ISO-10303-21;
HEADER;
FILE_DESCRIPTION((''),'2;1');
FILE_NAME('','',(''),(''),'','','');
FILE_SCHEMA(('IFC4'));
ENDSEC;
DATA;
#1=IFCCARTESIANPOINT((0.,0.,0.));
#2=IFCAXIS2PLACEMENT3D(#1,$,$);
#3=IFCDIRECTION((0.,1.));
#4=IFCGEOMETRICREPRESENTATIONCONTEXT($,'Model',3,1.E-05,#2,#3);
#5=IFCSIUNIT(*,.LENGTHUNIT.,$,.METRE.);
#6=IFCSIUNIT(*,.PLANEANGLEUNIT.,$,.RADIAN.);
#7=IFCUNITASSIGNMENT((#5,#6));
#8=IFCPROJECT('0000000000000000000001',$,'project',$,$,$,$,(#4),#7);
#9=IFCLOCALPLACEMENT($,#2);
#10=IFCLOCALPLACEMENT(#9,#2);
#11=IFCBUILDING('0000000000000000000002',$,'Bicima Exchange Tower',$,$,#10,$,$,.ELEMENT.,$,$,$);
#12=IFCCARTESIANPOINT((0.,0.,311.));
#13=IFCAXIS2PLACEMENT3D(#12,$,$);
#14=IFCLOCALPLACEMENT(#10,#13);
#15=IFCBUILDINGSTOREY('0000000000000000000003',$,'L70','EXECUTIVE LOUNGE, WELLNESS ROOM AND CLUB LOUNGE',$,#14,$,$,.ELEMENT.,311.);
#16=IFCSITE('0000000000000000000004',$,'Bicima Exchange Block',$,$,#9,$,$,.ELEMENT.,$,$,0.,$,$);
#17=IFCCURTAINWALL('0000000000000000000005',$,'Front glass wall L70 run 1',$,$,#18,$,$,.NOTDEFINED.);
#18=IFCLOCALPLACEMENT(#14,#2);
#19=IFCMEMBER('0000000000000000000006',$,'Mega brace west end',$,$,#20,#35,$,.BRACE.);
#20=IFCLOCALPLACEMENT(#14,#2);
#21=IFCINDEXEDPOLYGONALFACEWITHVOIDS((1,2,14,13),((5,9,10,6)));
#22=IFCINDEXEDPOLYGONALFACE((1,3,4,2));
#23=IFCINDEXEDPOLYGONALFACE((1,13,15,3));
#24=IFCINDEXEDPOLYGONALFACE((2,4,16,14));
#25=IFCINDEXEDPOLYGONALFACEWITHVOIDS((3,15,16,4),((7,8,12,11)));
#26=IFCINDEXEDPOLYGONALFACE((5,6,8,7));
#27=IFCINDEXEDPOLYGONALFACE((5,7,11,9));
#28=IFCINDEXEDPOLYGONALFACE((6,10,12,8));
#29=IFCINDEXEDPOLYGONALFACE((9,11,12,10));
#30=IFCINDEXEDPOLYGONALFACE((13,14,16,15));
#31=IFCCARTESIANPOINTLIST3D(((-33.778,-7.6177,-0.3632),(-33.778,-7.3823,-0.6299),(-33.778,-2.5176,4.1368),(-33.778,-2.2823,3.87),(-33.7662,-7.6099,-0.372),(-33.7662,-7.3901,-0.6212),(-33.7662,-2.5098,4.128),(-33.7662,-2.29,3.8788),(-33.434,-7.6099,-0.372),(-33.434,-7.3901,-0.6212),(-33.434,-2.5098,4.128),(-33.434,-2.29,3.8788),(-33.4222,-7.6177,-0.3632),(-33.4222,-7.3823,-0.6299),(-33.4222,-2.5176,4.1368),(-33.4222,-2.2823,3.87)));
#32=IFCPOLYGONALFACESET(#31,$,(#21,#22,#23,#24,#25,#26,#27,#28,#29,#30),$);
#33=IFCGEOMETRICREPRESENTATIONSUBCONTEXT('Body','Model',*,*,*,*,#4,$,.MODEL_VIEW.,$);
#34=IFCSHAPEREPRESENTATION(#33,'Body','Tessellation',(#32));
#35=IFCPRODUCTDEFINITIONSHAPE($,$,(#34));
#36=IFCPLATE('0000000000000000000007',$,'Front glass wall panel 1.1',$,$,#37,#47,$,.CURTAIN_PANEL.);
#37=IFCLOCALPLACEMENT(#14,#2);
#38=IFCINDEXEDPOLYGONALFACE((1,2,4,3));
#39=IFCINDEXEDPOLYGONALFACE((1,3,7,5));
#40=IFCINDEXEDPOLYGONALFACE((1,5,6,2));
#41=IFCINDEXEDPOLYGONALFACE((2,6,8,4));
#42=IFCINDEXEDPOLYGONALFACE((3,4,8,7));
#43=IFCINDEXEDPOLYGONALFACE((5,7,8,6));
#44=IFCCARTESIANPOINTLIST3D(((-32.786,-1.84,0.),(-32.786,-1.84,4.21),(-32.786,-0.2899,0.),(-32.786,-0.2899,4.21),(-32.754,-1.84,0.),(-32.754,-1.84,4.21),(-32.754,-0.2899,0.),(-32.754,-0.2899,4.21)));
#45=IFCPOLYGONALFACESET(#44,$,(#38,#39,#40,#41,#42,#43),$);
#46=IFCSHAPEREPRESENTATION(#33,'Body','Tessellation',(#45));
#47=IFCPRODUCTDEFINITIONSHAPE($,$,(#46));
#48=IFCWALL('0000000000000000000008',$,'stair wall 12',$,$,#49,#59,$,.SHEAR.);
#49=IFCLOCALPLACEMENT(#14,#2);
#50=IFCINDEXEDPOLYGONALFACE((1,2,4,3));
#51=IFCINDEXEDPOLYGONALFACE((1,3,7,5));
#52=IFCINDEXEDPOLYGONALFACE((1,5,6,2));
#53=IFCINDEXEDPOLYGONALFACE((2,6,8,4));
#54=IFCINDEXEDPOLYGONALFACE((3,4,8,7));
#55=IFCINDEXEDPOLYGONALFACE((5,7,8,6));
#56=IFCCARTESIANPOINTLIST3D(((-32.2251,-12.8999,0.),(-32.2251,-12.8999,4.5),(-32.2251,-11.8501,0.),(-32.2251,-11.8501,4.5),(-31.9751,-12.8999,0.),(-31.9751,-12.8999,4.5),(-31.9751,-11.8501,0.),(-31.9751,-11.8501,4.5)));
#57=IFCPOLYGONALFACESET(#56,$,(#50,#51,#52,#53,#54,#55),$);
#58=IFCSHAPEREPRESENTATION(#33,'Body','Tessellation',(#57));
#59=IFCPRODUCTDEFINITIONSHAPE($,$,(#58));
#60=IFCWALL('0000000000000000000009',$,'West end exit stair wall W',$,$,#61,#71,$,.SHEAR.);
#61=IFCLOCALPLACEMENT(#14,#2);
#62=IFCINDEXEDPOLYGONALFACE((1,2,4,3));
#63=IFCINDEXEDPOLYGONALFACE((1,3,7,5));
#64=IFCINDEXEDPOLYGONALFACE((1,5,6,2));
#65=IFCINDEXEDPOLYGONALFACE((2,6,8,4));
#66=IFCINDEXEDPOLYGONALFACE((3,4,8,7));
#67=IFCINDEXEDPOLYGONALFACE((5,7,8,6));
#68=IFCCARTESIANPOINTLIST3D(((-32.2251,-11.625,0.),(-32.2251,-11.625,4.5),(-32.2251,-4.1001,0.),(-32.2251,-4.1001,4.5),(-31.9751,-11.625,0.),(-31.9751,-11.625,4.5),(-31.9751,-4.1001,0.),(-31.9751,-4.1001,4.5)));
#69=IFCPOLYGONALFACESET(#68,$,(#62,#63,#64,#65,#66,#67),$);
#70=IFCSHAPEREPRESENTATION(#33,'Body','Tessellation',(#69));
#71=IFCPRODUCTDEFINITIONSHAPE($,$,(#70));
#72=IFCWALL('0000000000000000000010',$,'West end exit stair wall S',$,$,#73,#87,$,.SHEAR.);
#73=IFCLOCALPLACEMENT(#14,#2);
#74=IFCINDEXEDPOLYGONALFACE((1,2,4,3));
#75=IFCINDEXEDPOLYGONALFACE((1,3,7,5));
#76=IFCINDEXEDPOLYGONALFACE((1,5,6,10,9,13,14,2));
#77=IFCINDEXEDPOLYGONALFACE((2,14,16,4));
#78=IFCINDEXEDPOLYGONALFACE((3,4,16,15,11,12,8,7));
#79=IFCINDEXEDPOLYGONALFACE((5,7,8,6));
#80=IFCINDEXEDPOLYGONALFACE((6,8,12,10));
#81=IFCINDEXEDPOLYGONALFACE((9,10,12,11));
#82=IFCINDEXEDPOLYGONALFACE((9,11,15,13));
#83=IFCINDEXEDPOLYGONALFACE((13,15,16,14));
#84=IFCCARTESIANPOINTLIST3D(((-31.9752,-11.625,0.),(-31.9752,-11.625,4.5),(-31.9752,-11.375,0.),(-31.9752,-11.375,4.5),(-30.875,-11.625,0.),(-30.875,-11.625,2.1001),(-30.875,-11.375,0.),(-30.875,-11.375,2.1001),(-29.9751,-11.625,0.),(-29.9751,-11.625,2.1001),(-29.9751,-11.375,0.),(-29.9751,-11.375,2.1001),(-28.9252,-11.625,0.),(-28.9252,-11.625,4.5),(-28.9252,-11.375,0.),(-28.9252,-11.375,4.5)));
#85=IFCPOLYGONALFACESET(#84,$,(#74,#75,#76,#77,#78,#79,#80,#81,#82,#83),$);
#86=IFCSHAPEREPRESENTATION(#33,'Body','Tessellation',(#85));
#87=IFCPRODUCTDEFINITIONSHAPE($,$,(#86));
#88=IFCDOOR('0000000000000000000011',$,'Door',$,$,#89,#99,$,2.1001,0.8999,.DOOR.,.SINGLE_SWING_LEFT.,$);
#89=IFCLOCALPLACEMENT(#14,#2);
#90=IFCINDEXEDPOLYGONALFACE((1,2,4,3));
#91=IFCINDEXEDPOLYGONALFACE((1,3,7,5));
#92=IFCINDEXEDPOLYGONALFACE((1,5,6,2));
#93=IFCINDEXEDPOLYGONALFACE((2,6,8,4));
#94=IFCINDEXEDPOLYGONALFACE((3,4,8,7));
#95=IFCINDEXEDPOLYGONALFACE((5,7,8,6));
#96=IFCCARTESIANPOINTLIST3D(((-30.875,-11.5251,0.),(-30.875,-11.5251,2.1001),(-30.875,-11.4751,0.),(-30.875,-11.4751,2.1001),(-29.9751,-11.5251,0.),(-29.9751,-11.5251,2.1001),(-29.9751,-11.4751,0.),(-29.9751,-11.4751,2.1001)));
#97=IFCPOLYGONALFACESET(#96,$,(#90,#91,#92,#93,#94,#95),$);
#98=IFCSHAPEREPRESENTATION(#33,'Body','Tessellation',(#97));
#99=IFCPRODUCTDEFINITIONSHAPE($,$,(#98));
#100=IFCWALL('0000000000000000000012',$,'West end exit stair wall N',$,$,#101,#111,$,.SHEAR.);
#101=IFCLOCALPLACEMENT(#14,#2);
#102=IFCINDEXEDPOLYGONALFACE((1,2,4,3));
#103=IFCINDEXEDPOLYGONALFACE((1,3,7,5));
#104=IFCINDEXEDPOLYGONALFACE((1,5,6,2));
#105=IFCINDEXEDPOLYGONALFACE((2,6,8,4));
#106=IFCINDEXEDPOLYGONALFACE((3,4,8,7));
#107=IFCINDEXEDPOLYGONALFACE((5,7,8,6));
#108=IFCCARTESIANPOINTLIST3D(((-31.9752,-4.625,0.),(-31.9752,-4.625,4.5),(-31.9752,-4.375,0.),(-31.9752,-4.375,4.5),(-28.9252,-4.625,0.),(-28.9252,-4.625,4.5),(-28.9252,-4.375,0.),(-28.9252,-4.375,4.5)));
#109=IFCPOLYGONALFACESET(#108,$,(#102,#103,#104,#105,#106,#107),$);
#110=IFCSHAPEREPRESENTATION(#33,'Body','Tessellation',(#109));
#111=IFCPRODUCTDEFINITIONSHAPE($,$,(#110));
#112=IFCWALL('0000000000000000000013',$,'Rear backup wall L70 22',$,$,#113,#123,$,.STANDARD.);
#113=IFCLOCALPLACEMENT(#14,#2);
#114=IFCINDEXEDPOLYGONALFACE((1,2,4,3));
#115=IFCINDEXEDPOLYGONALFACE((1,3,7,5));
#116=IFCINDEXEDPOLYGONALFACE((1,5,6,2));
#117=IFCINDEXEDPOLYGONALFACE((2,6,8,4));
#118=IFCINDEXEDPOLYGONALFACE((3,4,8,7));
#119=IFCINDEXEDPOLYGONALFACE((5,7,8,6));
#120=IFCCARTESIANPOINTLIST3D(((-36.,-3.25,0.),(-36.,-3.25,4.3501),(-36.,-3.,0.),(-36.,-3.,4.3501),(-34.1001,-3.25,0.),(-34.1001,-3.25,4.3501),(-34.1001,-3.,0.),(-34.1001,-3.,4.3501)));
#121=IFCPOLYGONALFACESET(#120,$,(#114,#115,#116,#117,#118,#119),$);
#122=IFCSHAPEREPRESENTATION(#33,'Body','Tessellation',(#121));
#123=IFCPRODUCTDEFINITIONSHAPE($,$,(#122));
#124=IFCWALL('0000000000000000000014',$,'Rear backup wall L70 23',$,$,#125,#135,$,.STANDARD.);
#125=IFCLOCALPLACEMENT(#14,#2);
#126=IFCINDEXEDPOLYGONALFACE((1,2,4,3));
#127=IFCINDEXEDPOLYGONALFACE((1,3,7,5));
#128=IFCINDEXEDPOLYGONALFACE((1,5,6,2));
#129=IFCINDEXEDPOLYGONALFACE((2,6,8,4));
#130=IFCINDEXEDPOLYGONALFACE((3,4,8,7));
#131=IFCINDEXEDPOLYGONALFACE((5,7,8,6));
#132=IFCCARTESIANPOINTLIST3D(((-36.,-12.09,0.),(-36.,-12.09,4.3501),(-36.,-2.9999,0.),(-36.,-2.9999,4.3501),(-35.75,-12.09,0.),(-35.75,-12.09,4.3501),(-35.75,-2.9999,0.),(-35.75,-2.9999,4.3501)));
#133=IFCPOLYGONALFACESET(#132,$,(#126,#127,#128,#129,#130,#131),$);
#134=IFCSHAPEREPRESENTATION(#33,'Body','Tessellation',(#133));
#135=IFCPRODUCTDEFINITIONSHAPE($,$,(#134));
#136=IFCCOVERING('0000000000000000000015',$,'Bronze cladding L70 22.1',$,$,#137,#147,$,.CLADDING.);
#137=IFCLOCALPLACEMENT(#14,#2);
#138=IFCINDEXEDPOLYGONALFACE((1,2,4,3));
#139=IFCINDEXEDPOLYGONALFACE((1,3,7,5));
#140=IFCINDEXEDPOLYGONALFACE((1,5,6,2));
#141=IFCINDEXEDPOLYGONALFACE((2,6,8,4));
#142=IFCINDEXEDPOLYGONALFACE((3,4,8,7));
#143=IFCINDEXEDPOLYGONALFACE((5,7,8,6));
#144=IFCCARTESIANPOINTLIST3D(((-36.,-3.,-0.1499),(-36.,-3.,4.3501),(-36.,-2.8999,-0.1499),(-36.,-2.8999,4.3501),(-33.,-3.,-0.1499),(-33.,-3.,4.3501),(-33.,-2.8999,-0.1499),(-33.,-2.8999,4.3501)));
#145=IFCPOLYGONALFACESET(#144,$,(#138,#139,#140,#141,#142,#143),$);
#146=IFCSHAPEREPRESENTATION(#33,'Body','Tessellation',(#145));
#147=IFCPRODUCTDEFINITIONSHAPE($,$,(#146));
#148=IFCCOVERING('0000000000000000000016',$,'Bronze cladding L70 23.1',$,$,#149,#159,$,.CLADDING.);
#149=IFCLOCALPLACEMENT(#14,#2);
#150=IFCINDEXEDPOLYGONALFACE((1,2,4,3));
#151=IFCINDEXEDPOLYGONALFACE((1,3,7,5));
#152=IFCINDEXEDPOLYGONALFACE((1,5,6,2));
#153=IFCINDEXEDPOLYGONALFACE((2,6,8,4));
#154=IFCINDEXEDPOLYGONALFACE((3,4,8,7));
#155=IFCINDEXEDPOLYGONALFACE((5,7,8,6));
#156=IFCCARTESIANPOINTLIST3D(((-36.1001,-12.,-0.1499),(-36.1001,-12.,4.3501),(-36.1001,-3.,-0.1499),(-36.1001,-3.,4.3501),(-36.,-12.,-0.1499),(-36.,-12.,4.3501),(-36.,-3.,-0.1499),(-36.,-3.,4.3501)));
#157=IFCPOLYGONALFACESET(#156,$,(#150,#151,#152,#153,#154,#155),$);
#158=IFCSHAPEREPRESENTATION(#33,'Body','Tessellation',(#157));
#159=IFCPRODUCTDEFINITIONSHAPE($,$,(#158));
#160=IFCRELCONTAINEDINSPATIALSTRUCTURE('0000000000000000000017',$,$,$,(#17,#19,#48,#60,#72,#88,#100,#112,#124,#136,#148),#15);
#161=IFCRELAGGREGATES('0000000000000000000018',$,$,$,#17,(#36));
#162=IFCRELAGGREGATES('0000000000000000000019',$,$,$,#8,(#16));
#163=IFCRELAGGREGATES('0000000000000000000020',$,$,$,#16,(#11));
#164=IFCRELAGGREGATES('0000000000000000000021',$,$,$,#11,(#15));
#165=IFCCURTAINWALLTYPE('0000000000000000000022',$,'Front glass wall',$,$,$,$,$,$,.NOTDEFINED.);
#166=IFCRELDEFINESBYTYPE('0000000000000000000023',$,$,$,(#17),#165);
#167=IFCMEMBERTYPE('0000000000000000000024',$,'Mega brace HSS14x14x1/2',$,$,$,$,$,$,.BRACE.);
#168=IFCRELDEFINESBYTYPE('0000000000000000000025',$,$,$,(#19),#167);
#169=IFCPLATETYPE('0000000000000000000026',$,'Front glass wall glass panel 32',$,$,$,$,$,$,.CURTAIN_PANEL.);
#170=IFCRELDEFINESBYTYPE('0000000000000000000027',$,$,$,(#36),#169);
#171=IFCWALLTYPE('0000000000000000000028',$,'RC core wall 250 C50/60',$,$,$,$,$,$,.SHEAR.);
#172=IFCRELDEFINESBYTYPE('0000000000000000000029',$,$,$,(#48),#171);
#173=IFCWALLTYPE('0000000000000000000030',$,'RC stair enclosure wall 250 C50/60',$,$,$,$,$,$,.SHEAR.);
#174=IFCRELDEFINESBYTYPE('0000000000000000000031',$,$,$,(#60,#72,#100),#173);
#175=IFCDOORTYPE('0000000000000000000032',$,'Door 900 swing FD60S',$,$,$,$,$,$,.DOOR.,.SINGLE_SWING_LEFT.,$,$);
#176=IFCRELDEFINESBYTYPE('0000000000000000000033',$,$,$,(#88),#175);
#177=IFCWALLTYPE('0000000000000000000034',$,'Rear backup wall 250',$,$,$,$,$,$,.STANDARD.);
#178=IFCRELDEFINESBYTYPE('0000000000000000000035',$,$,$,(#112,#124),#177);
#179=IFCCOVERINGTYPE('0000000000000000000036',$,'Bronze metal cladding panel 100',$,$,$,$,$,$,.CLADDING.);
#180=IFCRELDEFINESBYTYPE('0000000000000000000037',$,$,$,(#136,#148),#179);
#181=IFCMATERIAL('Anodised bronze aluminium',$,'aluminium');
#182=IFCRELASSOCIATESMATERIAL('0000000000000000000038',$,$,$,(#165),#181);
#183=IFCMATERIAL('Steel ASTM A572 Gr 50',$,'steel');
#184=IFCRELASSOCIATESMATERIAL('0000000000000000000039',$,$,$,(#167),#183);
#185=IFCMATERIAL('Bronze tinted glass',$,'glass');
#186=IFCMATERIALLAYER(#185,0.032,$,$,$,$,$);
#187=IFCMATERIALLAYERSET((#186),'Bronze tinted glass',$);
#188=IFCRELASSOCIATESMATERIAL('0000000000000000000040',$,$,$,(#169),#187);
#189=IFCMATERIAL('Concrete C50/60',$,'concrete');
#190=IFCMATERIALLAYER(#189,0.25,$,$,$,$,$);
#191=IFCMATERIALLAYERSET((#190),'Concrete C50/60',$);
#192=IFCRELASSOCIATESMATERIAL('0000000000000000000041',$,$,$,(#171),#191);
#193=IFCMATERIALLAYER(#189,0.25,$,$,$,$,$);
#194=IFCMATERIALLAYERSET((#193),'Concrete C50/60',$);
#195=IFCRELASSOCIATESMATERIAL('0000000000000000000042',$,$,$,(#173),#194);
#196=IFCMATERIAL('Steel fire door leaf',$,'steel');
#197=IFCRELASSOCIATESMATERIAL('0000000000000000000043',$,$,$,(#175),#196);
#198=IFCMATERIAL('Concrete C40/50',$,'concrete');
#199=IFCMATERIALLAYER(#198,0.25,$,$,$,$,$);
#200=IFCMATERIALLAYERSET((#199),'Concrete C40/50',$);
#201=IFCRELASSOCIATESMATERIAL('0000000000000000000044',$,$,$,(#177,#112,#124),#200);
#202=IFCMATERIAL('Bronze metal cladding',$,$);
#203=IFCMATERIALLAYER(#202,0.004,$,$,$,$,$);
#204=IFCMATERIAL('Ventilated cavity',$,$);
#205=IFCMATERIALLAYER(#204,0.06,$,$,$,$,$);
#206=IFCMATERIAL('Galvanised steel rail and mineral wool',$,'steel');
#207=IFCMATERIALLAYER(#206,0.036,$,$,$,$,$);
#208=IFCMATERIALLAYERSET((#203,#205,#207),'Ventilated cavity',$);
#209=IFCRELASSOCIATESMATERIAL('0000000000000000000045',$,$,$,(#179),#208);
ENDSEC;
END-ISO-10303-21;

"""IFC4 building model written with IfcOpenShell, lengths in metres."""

from ifc_helpers import new_model, si_unit, direction, frame, frame_2d, origin, origin_2d, place, context, subcontext, project, spatial, rectangle, hollow_rectangle, extrude, material, layer, layer_set, layer_usage, material_profile, profile_set, type_object, element, fill, aggregate, save


model = new_model("IFC4")

# Units and contexts
model_context = context("Model", 3, precision=1e-05, world=origin(), true_north=direction((0.0, 1.0)))
body_context = subcontext(model_context, "Body", "Model", "MODEL_VIEW")
ifc_project = project(units=[si_unit("LENGTHUNIT", "METRE"), si_unit("PLANEANGLEUNIT", "RADIAN")], contexts=[model_context])

# Site, building, storey
site_placement = place(None, origin())
site = spatial("IfcSite", under=ifc_project, at=site_placement, Name="Bicima Exchange Block", CompositionType="ELEMENT", RefElevation=0.0)
building_placement = place(site_placement, origin())
building = spatial("IfcBuilding", under=site, at=building_placement, Name="Bicima Exchange Tower", CompositionType="ELEMENT")
storey_placement = place(building_placement, frame((0.0, 0.0, 311.0)))
storey = spatial("IfcBuildingStorey", under=building, at=storey_placement, Name="L70", Description="EXECUTIVE LOUNGE, WELLNESS ROOM AND CLUB LOUNGE", CompositionType="ELEMENT", Elevation=311.0)

# Shared definitions
ifc_material_1 = material(Name="Steel ASTM A572 Gr 50", Category="steel")

# Shared definitions
ifc_material_2 = material(Name="Anodised bronze aluminium", Category="aluminium")

# Curtain wall
curtain_wall_type_1 = type_object("IfcCurtainWallType", Name="Front glass wall", PredefinedType="NOTDEFINED", material=ifc_material_2)
curtain_wall_1_placement = place(storey_placement, origin())
curtain_wall_1 = element("IfcCurtainWall", 1, at=curtain_wall_1_placement, inside=storey, type_object=curtain_wall_type_1, Name="Front glass wall L70 run 1", PredefinedType="NOTDEFINED")

# Member
ifc_material_profile_1 = material_profile(ifc_material_1, hollow_rectangle(XDim=0.3557, YDim=0.3557, WallThickness=0.0117, at=origin_2d()))
ifc_profile_set_1 = profile_set([ifc_material_profile_1], Name="Steel ASTM A572 Gr 50")
member_type_1 = type_object("IfcMemberType", Name="Mega brace HSS14x14x1/2", PredefinedType="BRACE", material=ifc_profile_set_1)
for number, where, z_axis, x_axis, name in (
    (2, (-33.6001, -7.5, -0.4966), (0.0, 0.749844, 0.661615), (-1.0, 0.0, 0.0), "Mega brace west end"),
):
    element("IfcMember", number, at=place(storey_placement, frame(where, z_axis=z_axis, x_axis=x_axis)), inside=storey, type_object=member_type_1, Name=name, PredefinedType="BRACE", context=body_context, shape_type="SweptSolid", body=[
        extrude(hollow_rectangle(XDim=0.3557, YDim=0.3557, WallThickness=0.0117, at=origin_2d()), origin(), (0.0, 0.0, 1.0), 6.8015),
    ])

# Plate
ifc_material_3 = material(Name="Bronze tinted glass", Category="glass")
ifc_layer_1 = layer(ifc_material_3, 0.032)
ifc_layer_set_1 = layer_set([ifc_layer_1], Name="Bronze tinted glass")
plate_type = type_object("IfcPlateType", Name="Front glass wall glass panel 32", PredefinedType="CURTAIN_PANEL", material=ifc_layer_set_1)
plate_placement = place(storey_placement, frame((-32.77, -1.0649, 0.0), z_axis=(0.0, 0.0, 1.0), x_axis=(0.0, -1.0, 0.0)))
plate = element("IfcPlate", 3, at=plate_placement, type_object=plate_type, Name="Front glass wall panel 1.1", PredefinedType="CURTAIN_PANEL", context=body_context, shape_type="SweptSolid", body=[
    extrude(rectangle(XDim=1.55, YDim=0.032, at=origin_2d()), origin(), (0.0, 0.0, 1.0), 4.21),
])
aggregate(curtain_wall_1, [plate])

# Walls
ifc_material_4 = material(Name="Concrete C50/60", Category="concrete")
ifc_layer_2 = layer(ifc_material_4, 0.25)
ifc_layer_set_2 = layer_set([ifc_layer_2], Name="Concrete C50/60")
wall_type_1 = type_object("IfcWallType", Name="RC core wall 250 C50/60", PredefinedType="SHEAR", material=ifc_layer_set_2)
wall_1_placement = place(storey_placement, frame((-32.1001, -12.8999, 0.0), z_axis=(0.0, 0.0, 1.0), x_axis=(0.0, 1.0, 0.0)))
element("IfcWall", 4, at=wall_1_placement, inside=storey, type_object=wall_type_1, Name="stair wall 12", PredefinedType="SHEAR", context=body_context, shape_type="SweptSolid", body=[
    extrude(rectangle(XDim=1.0498, YDim=0.25, at=frame_2d((0.5249, 0.0))), origin(), (0.0, 0.0, 1.0), 4.5),
])
ifc_layer_3 = layer(ifc_material_4, 0.25)
ifc_layer_set_3 = layer_set([ifc_layer_3], Name="Concrete C50/60")
wall_type_2 = type_object("IfcWallType", Name="RC stair enclosure wall 250 C50/60", PredefinedType="SHEAR", material=ifc_layer_set_3)
wall_2_placement = place(storey_placement, frame((-32.1001, -11.625, 0.0), z_axis=(0.0, 0.0, 1.0), x_axis=(0.0, 1.0, 0.0)))
element("IfcWall", 5, at=wall_2_placement, inside=storey, type_object=wall_type_2, Name="West end exit stair wall W", PredefinedType="SHEAR", context=body_context, shape_type="SweptSolid", body=[
    extrude(rectangle(XDim=7.5249, YDim=0.25, at=frame_2d((3.7625, 0.0))), origin(), (0.0, 0.0, 1.0), 4.5),
])

# Wall, opening, door
wall_3_placement = place(storey_placement, frame((-31.9751, -11.5, 0.0), z_axis=(0.0, 0.0, 1.0), x_axis=(1.0, 0.0, 0.0)))
wall_3 = element("IfcWall", 6, at=wall_3_placement, inside=storey, type_object=wall_type_2, Name="West end exit stair wall S", PredefinedType="SHEAR", context=body_context, shape_type="SweptSolid", body=[
    extrude(rectangle(XDim=3.05, YDim=0.25, at=frame_2d((1.5249, 0.0))), origin(), (0.0, 0.0, 1.0), 4.5),
])
opening_placement = place(wall_3_placement, frame((1.1001, 0.0, 0.0)))
opening = element("IfcOpeningElement", 7, at=opening_placement, cuts=wall_3, PredefinedType="OPENING", context=body_context, shape_type="SweptSolid", body=[
    extrude(rectangle(XDim=0.8999, YDim=2.1001, at=frame_2d((0.45, 1.05))), frame((0.0, 0.137, 0.0), z_axis=(0.0, -1.0, 0.0), x_axis=(1.0, 0.0, 0.0)), (0.0, 0.0, 1.0), 0.2739),
])
ifc_material_5 = material(Name="Steel fire door leaf", Category="steel")
door_type = type_object("IfcDoorType", Name="Door 900 swing FD60S", OperationType="SINGLE_SWING_LEFT", PredefinedType="DOOR", material=ifc_material_5)
door_placement = place(opening_placement, origin())
door = element("IfcDoor", 8, at=door_placement, inside=storey, type_object=door_type, Name="Door", OperationType="SINGLE_SWING_LEFT", OverallHeight=2.1001, OverallWidth=0.8999, PredefinedType="DOOR", context=body_context, shape_type="SweptSolid", body=[
    extrude(rectangle(XDim=0.8999, YDim=2.1001, at=frame_2d((0.45, 1.05))), frame((0.0, 0.0249, 0.0), z_axis=(0.0, -1.0, 0.0), x_axis=(1.0, 0.0, 0.0)), (0.0, 0.0, 1.0), 0.05),
])
fill(opening, door)

# Walls
wall_4_placement = place(storey_placement, frame((-31.9751, -4.5, 0.0), z_axis=(0.0, 0.0, 1.0), x_axis=(1.0, 0.0, 0.0)))
element("IfcWall", 9, at=wall_4_placement, inside=storey, type_object=wall_type_2, Name="West end exit stair wall N", PredefinedType="SHEAR", context=body_context, shape_type="SweptSolid", body=[
    extrude(rectangle(XDim=3.05, YDim=0.25, at=frame_2d((1.5249, 0.0))), origin(), (0.0, 0.0, 1.0), 4.5),
])
ifc_material_6 = material(Name="Concrete C40/50", Category="concrete")
ifc_layer_4 = layer(ifc_material_6, 0.25)
ifc_layer_set_4 = layer_set([ifc_layer_4], Name="Concrete C40/50")
ifc_layer_usage = layer_usage(ifc_layer_set_4, "AXIS2", "POSITIVE", -0.125)
wall_type_3 = type_object("IfcWallType", Name="Rear backup wall 250", PredefinedType="STANDARD", material=ifc_layer_set_4)
wall_5_placement = place(storey_placement, frame((-34.1001, -3.125, 0.0), z_axis=(0.0, 0.0, 1.0), x_axis=(-1.0, 0.0, 0.0)))
element("IfcWall", 10, at=wall_5_placement, inside=storey, type_object=wall_type_3, material=ifc_layer_usage, Name="Rear backup wall L70 22", PredefinedType="STANDARD", context=body_context, shape_type="SweptSolid", body=[
    extrude(rectangle(XDim=1.8999, YDim=0.25, at=frame_2d((0.95, 0.0))), origin(), (0.0, 0.0, 1.0), 4.3501),
])
wall_6_placement = place(storey_placement, frame((-35.875, -3.0, 0.0), z_axis=(0.0, 0.0, 1.0), x_axis=(0.0, -1.0, 0.0)))
element("IfcWall", 11, at=wall_6_placement, inside=storey, type_object=wall_type_3, material=ifc_layer_usage, Name="Rear backup wall L70 23", PredefinedType="STANDARD", context=body_context, shape_type="SweptSolid", body=[
    extrude(rectangle(XDim=9.0901, YDim=0.25, at=frame_2d((4.5449, 0.0))), origin(), (0.0, 0.0, 1.0), 4.3501),
])

# Coverings
ifc_material_7 = material(Name="Bronze metal cladding")
ifc_layer_5 = layer(ifc_material_7, 0.004)
ifc_material_8 = material(Name="Ventilated cavity")
ifc_layer_6 = layer(ifc_material_8, 0.06)
ifc_material_9 = material(Name="Galvanised steel rail and mineral wool", Category="steel")
ifc_layer_7 = layer(ifc_material_9, 0.036)
ifc_layer_set_5 = layer_set([ifc_layer_5, ifc_layer_6, ifc_layer_7], Name="Ventilated cavity")
covering_type = type_object("IfcCoveringType", Name="Bronze metal cladding panel 100", PredefinedType="CLADDING", material=ifc_layer_set_5)
covering_1_placement = place(storey_placement, frame((-34.5, -2.95, -0.1499), z_axis=(0.0, 0.0, 1.0), x_axis=(-1.0, 0.0, 0.0)))
element("IfcCovering", 12, at=covering_1_placement, inside=storey, type_object=covering_type, Name="Bronze cladding L70 22.1", PredefinedType="CLADDING", context=body_context, shape_type="SweptSolid", body=[
    extrude(rectangle(XDim=3.0, YDim=0.1001, at=origin_2d()), origin(), (0.0, 0.0, 1.0), 4.5),
])
covering_2_placement = place(storey_placement, frame((-36.05, -7.5, -0.1499), z_axis=(0.0, 0.0, 1.0), x_axis=(0.0, -1.0, 0.0)))
element("IfcCovering", 13, at=covering_2_placement, inside=storey, type_object=covering_type, Name="Bronze cladding L70 23.1", PredefinedType="CLADDING", context=body_context, shape_type="SweptSolid", body=[
    extrude(rectangle(XDim=9.0, YDim=0.1001, at=origin_2d()), origin(), (0.0, 0.0, 1.0), 4.5),
])

save(model, "model.ifc")
